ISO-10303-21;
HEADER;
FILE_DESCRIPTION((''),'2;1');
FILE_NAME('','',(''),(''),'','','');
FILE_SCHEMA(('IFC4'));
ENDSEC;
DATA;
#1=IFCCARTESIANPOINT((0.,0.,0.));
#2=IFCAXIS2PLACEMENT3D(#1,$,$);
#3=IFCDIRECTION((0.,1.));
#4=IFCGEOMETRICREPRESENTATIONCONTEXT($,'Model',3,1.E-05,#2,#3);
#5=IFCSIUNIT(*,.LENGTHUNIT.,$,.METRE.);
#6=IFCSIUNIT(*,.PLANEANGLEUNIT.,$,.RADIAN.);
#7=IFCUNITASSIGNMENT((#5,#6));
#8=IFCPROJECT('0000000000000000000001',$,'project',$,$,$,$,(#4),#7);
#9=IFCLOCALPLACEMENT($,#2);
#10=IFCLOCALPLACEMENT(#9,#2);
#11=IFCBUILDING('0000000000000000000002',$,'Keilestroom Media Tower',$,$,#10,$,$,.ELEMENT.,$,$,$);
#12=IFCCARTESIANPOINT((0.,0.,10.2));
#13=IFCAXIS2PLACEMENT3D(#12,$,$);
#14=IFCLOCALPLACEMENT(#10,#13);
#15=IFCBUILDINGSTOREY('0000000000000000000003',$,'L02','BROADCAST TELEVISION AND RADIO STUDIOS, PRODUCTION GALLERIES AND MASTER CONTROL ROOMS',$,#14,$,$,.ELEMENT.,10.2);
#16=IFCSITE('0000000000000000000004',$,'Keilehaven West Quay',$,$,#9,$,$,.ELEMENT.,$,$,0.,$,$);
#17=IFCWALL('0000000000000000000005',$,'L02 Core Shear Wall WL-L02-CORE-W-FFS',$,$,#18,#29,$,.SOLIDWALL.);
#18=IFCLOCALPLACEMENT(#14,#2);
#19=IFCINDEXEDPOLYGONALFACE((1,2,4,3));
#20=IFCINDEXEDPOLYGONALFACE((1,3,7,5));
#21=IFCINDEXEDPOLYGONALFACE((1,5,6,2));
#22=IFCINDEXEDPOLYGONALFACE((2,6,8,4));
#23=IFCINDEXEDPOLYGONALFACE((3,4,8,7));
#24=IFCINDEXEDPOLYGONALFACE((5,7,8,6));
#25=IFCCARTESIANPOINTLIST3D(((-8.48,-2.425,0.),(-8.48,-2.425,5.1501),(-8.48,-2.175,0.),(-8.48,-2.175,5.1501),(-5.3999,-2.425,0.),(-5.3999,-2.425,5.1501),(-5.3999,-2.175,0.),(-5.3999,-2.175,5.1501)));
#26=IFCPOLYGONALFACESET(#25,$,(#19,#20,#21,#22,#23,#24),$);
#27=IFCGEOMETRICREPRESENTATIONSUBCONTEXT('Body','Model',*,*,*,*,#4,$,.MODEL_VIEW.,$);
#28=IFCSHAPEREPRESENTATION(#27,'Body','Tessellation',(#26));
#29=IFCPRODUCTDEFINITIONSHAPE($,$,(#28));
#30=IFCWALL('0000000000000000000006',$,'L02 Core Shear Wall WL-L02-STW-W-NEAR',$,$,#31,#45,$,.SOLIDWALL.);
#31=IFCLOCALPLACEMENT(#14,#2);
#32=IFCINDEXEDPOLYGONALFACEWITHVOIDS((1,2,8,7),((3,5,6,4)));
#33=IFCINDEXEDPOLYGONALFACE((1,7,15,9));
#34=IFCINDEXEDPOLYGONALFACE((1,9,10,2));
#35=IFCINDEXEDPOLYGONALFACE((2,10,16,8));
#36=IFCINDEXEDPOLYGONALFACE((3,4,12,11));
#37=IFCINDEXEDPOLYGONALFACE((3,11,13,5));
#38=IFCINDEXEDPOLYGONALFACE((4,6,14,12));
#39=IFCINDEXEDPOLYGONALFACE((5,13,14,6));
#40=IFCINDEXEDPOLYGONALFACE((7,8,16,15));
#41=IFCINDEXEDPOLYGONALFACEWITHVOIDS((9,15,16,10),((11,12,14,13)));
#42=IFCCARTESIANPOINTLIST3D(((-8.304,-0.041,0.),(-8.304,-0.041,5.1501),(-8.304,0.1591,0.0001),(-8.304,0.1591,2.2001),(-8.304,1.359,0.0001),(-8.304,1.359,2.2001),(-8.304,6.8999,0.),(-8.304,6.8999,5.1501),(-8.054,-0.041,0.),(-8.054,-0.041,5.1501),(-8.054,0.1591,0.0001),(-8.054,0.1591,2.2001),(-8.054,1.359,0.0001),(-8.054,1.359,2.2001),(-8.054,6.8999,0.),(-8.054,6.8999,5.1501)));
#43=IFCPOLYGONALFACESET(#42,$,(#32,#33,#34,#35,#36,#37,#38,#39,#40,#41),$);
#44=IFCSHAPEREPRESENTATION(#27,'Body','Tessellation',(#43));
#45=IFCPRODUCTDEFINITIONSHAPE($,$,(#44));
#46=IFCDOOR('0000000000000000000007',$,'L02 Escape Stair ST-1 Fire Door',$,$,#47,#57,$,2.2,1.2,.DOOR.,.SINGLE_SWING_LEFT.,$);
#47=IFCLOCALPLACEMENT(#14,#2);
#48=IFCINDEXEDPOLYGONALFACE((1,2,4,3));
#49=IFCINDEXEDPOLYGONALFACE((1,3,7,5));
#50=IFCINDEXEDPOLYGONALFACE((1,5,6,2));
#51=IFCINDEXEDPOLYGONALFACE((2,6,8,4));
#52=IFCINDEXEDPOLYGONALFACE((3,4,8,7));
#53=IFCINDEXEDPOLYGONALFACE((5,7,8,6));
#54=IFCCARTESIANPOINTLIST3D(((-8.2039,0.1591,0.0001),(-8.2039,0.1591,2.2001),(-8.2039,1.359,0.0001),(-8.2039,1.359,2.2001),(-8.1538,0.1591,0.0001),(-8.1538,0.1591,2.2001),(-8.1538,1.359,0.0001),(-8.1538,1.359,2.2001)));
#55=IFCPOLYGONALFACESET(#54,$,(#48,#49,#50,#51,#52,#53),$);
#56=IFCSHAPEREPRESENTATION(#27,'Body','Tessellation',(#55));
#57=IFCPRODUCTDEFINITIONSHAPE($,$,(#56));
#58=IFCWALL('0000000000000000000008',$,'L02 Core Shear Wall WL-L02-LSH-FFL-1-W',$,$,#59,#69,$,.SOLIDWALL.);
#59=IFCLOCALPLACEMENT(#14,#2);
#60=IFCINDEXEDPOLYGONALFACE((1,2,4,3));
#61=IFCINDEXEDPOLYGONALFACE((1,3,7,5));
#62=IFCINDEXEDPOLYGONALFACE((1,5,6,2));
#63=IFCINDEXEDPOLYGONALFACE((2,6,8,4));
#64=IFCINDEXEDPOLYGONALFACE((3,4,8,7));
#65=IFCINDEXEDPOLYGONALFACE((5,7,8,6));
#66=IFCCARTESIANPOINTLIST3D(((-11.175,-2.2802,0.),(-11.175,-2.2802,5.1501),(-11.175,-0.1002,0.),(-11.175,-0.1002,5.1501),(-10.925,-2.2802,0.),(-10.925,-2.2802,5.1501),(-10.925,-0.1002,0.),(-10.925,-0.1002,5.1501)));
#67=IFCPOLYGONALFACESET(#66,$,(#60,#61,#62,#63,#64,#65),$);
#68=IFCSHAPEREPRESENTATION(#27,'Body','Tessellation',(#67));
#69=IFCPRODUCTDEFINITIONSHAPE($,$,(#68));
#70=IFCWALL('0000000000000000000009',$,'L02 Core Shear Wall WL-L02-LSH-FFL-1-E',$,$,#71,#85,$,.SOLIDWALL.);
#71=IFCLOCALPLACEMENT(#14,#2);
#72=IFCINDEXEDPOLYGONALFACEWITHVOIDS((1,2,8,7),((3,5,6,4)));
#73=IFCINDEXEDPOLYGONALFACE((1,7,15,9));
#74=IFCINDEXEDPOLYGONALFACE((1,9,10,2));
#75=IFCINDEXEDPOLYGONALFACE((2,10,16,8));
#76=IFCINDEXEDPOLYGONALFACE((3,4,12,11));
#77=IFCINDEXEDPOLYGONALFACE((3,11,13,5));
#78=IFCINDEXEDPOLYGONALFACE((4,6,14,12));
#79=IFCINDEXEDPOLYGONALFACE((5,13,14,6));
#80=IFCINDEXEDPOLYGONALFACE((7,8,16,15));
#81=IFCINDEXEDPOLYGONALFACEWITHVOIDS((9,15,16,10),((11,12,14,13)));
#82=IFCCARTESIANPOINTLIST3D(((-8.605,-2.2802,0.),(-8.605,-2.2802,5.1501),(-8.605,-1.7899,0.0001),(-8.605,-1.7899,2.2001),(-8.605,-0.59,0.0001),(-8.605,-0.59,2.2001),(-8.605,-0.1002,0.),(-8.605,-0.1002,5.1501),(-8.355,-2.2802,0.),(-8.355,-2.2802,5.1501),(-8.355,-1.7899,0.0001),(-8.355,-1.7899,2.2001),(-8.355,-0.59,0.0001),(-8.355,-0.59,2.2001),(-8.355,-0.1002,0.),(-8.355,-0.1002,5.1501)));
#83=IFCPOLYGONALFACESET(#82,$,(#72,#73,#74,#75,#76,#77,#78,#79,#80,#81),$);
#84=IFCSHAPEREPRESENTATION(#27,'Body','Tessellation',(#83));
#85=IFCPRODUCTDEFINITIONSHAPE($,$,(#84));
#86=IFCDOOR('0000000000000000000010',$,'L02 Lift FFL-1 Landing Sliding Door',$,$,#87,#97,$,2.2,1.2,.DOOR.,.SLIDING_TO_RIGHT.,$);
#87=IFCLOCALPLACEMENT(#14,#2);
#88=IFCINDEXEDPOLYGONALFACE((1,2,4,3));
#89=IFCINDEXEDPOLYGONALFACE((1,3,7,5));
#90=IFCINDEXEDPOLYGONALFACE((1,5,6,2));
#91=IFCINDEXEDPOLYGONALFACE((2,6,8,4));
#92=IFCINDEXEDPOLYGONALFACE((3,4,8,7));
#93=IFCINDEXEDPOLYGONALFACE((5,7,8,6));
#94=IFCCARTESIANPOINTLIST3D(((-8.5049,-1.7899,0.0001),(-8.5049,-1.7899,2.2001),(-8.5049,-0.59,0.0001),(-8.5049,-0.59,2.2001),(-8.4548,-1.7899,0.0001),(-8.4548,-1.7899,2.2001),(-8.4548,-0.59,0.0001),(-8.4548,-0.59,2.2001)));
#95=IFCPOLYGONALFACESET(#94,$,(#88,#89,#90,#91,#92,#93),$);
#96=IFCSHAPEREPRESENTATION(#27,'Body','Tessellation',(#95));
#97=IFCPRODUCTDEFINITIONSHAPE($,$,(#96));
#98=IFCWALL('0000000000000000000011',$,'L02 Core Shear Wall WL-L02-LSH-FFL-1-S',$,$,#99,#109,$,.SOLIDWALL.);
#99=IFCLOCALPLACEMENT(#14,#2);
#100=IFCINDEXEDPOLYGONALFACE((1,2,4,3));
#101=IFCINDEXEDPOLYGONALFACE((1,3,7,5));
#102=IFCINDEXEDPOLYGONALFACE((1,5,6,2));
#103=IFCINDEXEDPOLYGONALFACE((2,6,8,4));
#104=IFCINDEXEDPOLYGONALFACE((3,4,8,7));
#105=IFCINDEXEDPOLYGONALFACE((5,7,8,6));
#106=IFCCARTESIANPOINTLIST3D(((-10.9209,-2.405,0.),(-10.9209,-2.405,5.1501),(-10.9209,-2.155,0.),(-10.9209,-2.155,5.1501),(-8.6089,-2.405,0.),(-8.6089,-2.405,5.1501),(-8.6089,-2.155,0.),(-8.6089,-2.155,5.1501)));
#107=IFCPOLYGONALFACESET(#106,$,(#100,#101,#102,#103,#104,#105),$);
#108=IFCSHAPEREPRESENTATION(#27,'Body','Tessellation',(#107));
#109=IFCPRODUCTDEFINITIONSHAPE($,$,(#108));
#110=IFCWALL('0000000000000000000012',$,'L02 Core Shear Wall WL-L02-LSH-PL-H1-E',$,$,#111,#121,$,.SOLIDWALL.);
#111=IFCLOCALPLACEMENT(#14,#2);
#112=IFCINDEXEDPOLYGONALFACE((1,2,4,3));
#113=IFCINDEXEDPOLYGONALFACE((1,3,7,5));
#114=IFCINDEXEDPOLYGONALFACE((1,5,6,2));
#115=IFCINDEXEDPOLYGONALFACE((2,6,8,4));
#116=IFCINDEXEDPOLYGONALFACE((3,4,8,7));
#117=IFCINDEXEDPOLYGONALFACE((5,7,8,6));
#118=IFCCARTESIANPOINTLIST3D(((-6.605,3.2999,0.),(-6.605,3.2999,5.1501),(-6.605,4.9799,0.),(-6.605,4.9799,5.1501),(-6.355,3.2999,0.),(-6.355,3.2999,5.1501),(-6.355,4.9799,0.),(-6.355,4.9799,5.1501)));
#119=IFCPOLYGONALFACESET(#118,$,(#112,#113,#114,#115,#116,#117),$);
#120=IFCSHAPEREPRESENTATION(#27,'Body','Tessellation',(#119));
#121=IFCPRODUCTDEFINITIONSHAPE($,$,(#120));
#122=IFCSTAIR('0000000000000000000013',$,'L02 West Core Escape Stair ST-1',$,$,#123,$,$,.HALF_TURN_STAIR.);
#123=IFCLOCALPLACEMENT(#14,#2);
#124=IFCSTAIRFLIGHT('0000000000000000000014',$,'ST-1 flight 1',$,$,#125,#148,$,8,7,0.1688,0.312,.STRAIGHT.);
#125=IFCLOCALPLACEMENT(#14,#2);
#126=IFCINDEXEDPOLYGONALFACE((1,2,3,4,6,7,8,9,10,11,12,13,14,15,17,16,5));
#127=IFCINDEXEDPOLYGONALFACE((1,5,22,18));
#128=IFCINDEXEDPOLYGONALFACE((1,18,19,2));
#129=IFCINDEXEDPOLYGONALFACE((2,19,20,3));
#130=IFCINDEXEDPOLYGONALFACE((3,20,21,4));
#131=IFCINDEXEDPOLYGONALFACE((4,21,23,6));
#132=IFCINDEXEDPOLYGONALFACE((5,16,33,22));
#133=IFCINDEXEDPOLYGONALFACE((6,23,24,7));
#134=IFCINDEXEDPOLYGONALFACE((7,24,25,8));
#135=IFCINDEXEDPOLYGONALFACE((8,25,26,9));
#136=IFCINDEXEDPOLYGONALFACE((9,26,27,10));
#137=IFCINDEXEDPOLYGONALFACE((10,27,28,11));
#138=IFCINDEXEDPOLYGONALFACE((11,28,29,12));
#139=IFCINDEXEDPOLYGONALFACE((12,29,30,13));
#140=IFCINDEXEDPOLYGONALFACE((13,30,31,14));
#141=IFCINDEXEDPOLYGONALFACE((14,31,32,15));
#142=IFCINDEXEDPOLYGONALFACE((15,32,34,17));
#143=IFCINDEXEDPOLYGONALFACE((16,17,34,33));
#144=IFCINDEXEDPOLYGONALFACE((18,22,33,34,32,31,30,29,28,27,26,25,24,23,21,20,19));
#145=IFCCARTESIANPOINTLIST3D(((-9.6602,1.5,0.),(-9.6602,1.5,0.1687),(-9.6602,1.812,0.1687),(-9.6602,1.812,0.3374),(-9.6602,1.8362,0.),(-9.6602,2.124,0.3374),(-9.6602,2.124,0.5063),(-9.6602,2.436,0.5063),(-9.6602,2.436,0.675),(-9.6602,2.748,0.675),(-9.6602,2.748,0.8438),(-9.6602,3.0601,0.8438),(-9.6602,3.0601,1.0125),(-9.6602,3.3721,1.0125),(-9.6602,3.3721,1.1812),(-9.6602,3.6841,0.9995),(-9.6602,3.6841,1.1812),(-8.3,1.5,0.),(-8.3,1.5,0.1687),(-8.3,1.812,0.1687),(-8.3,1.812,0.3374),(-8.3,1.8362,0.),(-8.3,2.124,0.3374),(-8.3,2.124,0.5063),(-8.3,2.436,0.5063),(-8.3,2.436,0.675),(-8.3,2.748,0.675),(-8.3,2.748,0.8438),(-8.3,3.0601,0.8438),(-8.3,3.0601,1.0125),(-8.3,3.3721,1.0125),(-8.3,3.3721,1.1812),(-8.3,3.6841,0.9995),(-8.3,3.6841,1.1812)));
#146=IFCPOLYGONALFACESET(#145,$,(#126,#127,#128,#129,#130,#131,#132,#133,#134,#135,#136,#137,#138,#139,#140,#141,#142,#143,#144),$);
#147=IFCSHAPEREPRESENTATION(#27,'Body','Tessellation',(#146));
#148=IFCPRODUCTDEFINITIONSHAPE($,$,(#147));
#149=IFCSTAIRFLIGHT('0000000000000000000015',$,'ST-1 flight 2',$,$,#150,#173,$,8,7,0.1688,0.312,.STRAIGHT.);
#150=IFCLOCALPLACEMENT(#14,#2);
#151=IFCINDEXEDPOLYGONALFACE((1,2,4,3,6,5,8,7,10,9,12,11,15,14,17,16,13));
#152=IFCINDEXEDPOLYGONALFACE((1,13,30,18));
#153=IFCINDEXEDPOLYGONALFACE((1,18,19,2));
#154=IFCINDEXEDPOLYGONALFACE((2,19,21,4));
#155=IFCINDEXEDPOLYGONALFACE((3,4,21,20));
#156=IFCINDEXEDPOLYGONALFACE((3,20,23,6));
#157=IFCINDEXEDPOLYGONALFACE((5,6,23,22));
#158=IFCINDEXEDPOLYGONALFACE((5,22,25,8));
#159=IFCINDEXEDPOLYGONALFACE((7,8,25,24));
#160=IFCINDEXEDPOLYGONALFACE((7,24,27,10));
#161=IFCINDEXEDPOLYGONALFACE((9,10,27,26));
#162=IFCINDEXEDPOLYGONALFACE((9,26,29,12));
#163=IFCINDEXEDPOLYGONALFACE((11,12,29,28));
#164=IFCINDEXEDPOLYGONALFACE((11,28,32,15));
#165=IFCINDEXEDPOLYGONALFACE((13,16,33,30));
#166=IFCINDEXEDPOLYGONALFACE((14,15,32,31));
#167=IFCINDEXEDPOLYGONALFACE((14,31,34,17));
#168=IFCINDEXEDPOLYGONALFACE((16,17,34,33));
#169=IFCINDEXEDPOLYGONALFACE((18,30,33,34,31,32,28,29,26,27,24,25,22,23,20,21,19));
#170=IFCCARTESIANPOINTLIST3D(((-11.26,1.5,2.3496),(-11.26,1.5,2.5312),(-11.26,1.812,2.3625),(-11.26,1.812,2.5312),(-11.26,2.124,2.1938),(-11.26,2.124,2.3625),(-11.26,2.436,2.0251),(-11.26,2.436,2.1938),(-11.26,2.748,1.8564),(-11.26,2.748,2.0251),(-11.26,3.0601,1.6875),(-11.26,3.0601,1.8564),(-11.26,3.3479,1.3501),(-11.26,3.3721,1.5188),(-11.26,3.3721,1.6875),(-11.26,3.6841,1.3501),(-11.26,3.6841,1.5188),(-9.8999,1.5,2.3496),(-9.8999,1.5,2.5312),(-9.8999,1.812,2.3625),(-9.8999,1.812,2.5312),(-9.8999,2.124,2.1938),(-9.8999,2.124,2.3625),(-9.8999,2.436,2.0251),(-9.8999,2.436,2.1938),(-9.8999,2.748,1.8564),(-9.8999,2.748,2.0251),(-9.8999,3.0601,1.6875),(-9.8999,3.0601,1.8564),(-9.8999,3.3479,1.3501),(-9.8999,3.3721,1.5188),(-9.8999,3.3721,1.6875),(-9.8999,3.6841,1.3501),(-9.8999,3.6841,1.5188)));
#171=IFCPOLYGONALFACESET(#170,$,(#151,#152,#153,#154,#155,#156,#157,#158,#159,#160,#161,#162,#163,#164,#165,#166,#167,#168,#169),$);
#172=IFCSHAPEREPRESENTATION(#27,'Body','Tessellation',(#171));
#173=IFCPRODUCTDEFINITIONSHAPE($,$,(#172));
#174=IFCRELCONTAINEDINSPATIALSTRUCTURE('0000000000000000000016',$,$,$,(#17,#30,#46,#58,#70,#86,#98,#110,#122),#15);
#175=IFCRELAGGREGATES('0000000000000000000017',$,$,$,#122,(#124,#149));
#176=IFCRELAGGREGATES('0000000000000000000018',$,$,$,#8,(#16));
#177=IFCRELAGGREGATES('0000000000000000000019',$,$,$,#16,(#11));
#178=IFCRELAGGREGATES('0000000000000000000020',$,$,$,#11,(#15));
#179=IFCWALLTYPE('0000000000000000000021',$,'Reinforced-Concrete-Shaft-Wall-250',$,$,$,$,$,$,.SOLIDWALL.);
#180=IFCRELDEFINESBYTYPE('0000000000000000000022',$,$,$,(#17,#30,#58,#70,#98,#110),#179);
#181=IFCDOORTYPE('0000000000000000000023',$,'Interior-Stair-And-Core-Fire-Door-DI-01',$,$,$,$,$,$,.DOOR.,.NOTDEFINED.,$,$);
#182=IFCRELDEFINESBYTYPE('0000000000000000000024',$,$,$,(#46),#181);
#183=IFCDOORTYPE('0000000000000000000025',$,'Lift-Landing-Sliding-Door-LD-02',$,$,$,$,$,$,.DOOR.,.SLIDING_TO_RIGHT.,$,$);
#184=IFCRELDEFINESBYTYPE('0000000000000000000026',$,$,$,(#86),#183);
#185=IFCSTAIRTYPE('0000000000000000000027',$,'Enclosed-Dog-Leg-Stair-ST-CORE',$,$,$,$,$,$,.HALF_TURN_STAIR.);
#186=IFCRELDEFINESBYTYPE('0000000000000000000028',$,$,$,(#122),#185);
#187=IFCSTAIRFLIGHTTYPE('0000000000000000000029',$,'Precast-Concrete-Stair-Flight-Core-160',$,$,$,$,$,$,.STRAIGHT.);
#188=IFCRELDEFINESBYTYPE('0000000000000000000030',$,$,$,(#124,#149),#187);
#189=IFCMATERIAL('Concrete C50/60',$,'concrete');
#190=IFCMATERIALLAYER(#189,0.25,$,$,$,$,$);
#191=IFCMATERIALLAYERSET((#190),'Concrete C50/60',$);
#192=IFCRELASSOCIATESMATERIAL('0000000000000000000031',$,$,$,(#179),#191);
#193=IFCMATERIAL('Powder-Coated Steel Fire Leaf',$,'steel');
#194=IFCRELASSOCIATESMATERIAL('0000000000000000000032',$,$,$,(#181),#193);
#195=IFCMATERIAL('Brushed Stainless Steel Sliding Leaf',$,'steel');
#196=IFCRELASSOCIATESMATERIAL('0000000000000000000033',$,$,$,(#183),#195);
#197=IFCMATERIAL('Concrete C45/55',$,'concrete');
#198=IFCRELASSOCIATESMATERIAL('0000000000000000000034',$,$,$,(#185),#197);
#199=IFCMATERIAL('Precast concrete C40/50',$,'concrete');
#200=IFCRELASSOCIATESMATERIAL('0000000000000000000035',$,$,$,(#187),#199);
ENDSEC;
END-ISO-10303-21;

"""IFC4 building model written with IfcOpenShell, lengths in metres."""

from ifc_helpers import new_model, si_unit, direction, frame, frame_2d, origin, place, context, subcontext, project, spatial, polyline, rectangle, outline, extrude, source, transform, mapped, material, layer, layer_set, type_object, element, fill, aggregate, save


model = new_model("IFC4")

# Units and contexts
model_context = context("Model", 3, precision=1e-05, world=origin(), true_north=direction((0.0, 1.0)))
body_context = subcontext(model_context, "Body", "Model", "MODEL_VIEW")
ifc_project = project(units=[si_unit("LENGTHUNIT", "METRE"), si_unit("PLANEANGLEUNIT", "RADIAN")], contexts=[model_context])

# Site, building, storey
site_placement = place(None, origin())
site = spatial("IfcSite", under=ifc_project, at=site_placement, Name="Keilehaven West Quay", CompositionType="ELEMENT", RefElevation=0.0)
building_placement = place(site_placement, origin())
building = spatial("IfcBuilding", under=site, at=building_placement, Name="Keilestroom Media Tower", CompositionType="ELEMENT")
storey_placement = place(building_placement, frame((0.0, 0.0, 10.2)))
storey = spatial("IfcBuildingStorey", under=building, at=storey_placement, Name="L02", Description="BROADCAST TELEVISION AND RADIO STUDIOS, PRODUCTION GALLERIES AND MASTER CONTROL ROOMS", CompositionType="ELEMENT", Elevation=10.2)

# Shared definitions
ifc_material_1 = material(Name="Concrete C50/60", Category="concrete")
ifc_material_2 = material(Name="Concrete C45/55", Category="concrete")

# Wall
ifc_layer_1 = layer(ifc_material_1, 0.25)
ifc_layer_set_1 = layer_set([ifc_layer_1], Name="Concrete C50/60")
wall_type_1 = type_object("IfcWallType", Name="Reinforced-Concrete-Shaft-Wall-250", PredefinedType="SOLIDWALL", material=ifc_layer_set_1)
wall_1_placement = place(storey_placement, frame((-8.48, -2.3, 0.0), z_axis=(0.0, 0.0, 1.0), x_axis=(1.0, 0.0, 0.0)))
element("IfcWall", 1, at=wall_1_placement, inside=storey, type_object=wall_type_1, Name="L02 Core Shear Wall WL-L02-CORE-W-FFS", PredefinedType="SOLIDWALL", context=body_context, shape_type="SweptSolid", body=[
    extrude(rectangle(XDim=3.0801, YDim=0.25, at=frame_2d((1.54, 0.0))), origin(), (0.0, 0.0, 1.0), 5.1501),
])

# Wall, opening, door
wall_2_placement = place(storey_placement, frame((-8.179, -0.041, 0.0), z_axis=(0.0, 0.0, 1.0), x_axis=(0.0, 1.0, 0.0)))
wall_2 = element("IfcWall", 2, at=wall_2_placement, inside=storey, type_object=wall_type_1, Name="L02 Core Shear Wall WL-L02-STW-W-NEAR", PredefinedType="SOLIDWALL", context=body_context, shape_type="SweptSolid", body=[
    extrude(rectangle(XDim=6.9409, YDim=0.25, at=frame_2d((3.4705, 0.0))), origin(), (0.0, 0.0, 1.0), 5.1501),
])
opening_1_placement = place(wall_2_placement, frame((0.2, 0.0, 0.0)))
opening_1 = element("IfcOpeningElement", 3, at=opening_1_placement, cuts=wall_2, PredefinedType="OPENING", context=body_context, shape_type="SweptSolid", body=[
    extrude(rectangle(XDim=1.2, YDim=2.2, at=frame_2d((0.6001, 1.1001))), frame((0.0, 0.135, 0.0), z_axis=(0.0, -1.0, 0.0), x_axis=(1.0, 0.0, 0.0)), (0.0, 0.0, 1.0), 0.27),
])
ifc_material_3 = material(Name="Powder-Coated Steel Fire Leaf", Category="steel")
door_type_1 = type_object("IfcDoorType", Name="Interior-Stair-And-Core-Fire-Door-DI-01", OperationType="NOTDEFINED", PredefinedType="DOOR", material=ifc_material_3)
shared_shape_1 = source(origin(), body_context, "Body", "SweptSolid", [
    extrude(rectangle(XDim=1.2, YDim=2.2, at=frame_2d((0.6001, 1.1001))), frame((0.0, 0.0249, 0.0), z_axis=(0.0, -1.0, 0.0), x_axis=(1.0, 0.0, 0.0)), (0.0, 0.0, 1.0), 0.05),
])
door_1_placement = place(opening_1_placement, origin())
door_1 = element("IfcDoor", 4, at=door_1_placement, inside=storey, type_object=door_type_1, Name="L02 Escape Stair ST-1 Fire Door", OperationType="SINGLE_SWING_LEFT", OverallHeight=2.2, OverallWidth=1.2, PredefinedType="DOOR", context=body_context, shape_type="MappedRepresentation", body=[
    mapped(shared_shape_1, transform((0.0, 0.0, 0.0), x_axis=(1.0, 0.0, 0.0), y_axis=(0.0, 1.0, 0.0), z_axis=(0.0, 0.0, 1.0), scale=1.0)),
])
fill(opening_1, door_1)

# Wall
wall_3_placement = place(storey_placement, frame((-11.05, -2.28, 0.0), z_axis=(0.0, 0.0, 1.0), x_axis=(0.0, 1.0, 0.0)))
element("IfcWall", 5, at=wall_3_placement, inside=storey, type_object=wall_type_1, Name="L02 Core Shear Wall WL-L02-LSH-FFL-1-W", PredefinedType="SOLIDWALL", context=body_context, shape_type="SweptSolid", body=[
    extrude(rectangle(XDim=2.1799, YDim=0.25, at=frame_2d((1.0898, 0.0))), origin(), (0.0, 0.0, 1.0), 5.1501),
])

# Wall, opening, door
wall_4_placement = place(storey_placement, frame((-8.48, -2.28, 0.0), z_axis=(0.0, 0.0, 1.0), x_axis=(0.0, 1.0, 0.0)))
wall_4 = element("IfcWall", 6, at=wall_4_placement, inside=storey, type_object=wall_type_1, Name="L02 Core Shear Wall WL-L02-LSH-FFL-1-E", PredefinedType="SOLIDWALL", context=body_context, shape_type="SweptSolid", body=[
    extrude(rectangle(XDim=2.1799, YDim=0.25, at=frame_2d((1.0898, 0.0))), origin(), (0.0, 0.0, 1.0), 5.1501),
])
opening_2_placement = place(wall_4_placement, frame((0.49, 0.0, 0.0)))
opening_2 = element("IfcOpeningElement", 7, at=opening_2_placement, cuts=wall_4, PredefinedType="OPENING", context=body_context, shape_type="SweptSolid", body=[
    extrude(rectangle(XDim=1.2, YDim=2.2, at=frame_2d((0.6001, 1.1001))), frame((0.0, 0.135, 0.0), z_axis=(0.0, -1.0, 0.0), x_axis=(1.0, 0.0, 0.0)), (0.0, 0.0, 1.0), 0.27),
])
ifc_material_4 = material(Name="Brushed Stainless Steel Sliding Leaf", Category="steel")
door_type_2 = type_object("IfcDoorType", Name="Lift-Landing-Sliding-Door-LD-02", OperationType="SLIDING_TO_RIGHT", PredefinedType="DOOR", material=ifc_material_4)
door_2_placement = place(opening_2_placement, origin())
door_2 = element("IfcDoor", 8, at=door_2_placement, inside=storey, type_object=door_type_2, Name="L02 Lift FFL-1 Landing Sliding Door", OperationType="SLIDING_TO_RIGHT", OverallHeight=2.2, OverallWidth=1.2, PredefinedType="DOOR", context=body_context, shape_type="MappedRepresentation", body=[
    mapped(shared_shape_1, transform((0.0, 0.0, 0.0), x_axis=(1.0, 0.0, 0.0), y_axis=(0.0, 1.0, 0.0), z_axis=(0.0, 0.0, 1.0), scale=1.0)),
])
fill(opening_2, door_2)

# Walls
wall_5_placement = place(storey_placement, frame((-10.9209, -2.28, 0.0), z_axis=(0.0, 0.0, 1.0), x_axis=(1.0, 0.0, 0.0)))
element("IfcWall", 9, at=wall_5_placement, inside=storey, type_object=wall_type_1, Name="L02 Core Shear Wall WL-L02-LSH-FFL-1-S", PredefinedType="SOLIDWALL", context=body_context, shape_type="SweptSolid", body=[
    extrude(rectangle(XDim=2.312, YDim=0.25, at=frame_2d((1.156, 0.0))), origin(), (0.0, 0.0, 1.0), 5.1501),
])
wall_6_placement = place(storey_placement, frame((-6.48, 3.3, 0.0), z_axis=(0.0, 0.0, 1.0), x_axis=(0.0, 1.0, 0.0)))
element("IfcWall", 10, at=wall_6_placement, inside=storey, type_object=wall_type_1, Name="L02 Core Shear Wall WL-L02-LSH-PL-H1-E", PredefinedType="SOLIDWALL", context=body_context, shape_type="SweptSolid", body=[
    extrude(rectangle(XDim=1.6799, YDim=0.25, at=frame_2d((0.8398, 0.0))), origin(), (0.0, 0.0, 1.0), 5.1501),
])

# Stair, stair flights
stair_type = type_object("IfcStairType", Name="Enclosed-Dog-Leg-Stair-ST-CORE", PredefinedType="HALF_TURN_STAIR", material=ifc_material_2)
stair_placement = place(storey_placement, origin())
stair = element("IfcStair", 11, at=stair_placement, inside=storey, type_object=stair_type, Name="L02 West Core Escape Stair ST-1", PredefinedType="HALF_TURN_STAIR")
ifc_material_5 = material(Name="Precast concrete C40/50", Category="concrete")
stair_flight_type = type_object("IfcStairFlightType", Name="Precast-Concrete-Stair-Flight-Core-160", PredefinedType="STRAIGHT", material=ifc_material_5)
stair_flight_1_placement = place(storey_placement, frame((-8.98, 1.5, 0.0), z_axis=(0.0, 0.0, 1.0), x_axis=(0.0, 1.0, 0.0)))
stair_flight_1 = element("IfcStairFlight", 12, at=stair_flight_1_placement, type_object=stair_flight_type, Name="ST-1 flight 1", NumberOfRisers=8, NumberOfTreads=7, PredefinedType="STRAIGHT", RiserHeight=0.1688, TreadLength=0.312, context=body_context, shape_type="SweptSolid", body=[
    extrude(outline(polyline([(0.0, 0.0), (0.0, 0.1687), (0.312, 0.1687), (0.312, 0.3374), (0.624, 0.3374), (0.624, 0.5063), (0.936, 0.5063), (0.936, 0.675), (1.248, 0.675), (1.248, 0.8438), (1.5601, 0.8438), (1.5601, 1.0125), (1.8721, 1.0125), (1.8721, 1.1812), (2.1841, 1.1812), (2.1841, 1.3501), (2.1841, 0.9995), (0.3362, 0.0), (0.0, 0.0)])), frame((0.0, 0.6802, 0.0), z_axis=(0.0, -1.0, 0.0), x_axis=(1.0, 0.0, 0.0)), (0.0, 0.0, 1.0), 1.3601),
])
stair_flight_2_placement = place(storey_placement, frame((-10.5801, 3.6841, 1.3501), z_axis=(0.0, 0.0, 1.0), x_axis=(0.0, -1.0, 0.0)))
stair_flight_2 = element("IfcStairFlight", 13, at=stair_flight_2_placement, type_object=stair_flight_type, Name="ST-1 flight 2", NumberOfRisers=8, NumberOfTreads=7, PredefinedType="STRAIGHT", RiserHeight=0.1688, TreadLength=0.312, context=body_context, shape_type="SweptSolid", body=[
    extrude(outline(polyline([(0.0, 0.0), (0.0, 0.1687), (0.312, 0.1687), (0.312, 0.3374), (0.624, 0.3374), (0.624, 0.5063), (0.936, 0.5063), (0.936, 0.675), (1.248, 0.675), (1.248, 0.8438), (1.5601, 0.8438), (1.5601, 1.0125), (1.8721, 1.0125), (1.8721, 1.1812), (2.1841, 1.1812), (2.1841, 1.3501), (2.1841, 0.9995), (0.3362, 0.0), (0.0, 0.0)])), frame((0.0, 0.6802, 0.0), z_axis=(0.0, -1.0, 0.0), x_axis=(1.0, 0.0, 0.0)), (0.0, 0.0, 1.0), 1.3601),
])
aggregate(stair, [stair_flight_1, stair_flight_2])

save(model, "model.ifc")
